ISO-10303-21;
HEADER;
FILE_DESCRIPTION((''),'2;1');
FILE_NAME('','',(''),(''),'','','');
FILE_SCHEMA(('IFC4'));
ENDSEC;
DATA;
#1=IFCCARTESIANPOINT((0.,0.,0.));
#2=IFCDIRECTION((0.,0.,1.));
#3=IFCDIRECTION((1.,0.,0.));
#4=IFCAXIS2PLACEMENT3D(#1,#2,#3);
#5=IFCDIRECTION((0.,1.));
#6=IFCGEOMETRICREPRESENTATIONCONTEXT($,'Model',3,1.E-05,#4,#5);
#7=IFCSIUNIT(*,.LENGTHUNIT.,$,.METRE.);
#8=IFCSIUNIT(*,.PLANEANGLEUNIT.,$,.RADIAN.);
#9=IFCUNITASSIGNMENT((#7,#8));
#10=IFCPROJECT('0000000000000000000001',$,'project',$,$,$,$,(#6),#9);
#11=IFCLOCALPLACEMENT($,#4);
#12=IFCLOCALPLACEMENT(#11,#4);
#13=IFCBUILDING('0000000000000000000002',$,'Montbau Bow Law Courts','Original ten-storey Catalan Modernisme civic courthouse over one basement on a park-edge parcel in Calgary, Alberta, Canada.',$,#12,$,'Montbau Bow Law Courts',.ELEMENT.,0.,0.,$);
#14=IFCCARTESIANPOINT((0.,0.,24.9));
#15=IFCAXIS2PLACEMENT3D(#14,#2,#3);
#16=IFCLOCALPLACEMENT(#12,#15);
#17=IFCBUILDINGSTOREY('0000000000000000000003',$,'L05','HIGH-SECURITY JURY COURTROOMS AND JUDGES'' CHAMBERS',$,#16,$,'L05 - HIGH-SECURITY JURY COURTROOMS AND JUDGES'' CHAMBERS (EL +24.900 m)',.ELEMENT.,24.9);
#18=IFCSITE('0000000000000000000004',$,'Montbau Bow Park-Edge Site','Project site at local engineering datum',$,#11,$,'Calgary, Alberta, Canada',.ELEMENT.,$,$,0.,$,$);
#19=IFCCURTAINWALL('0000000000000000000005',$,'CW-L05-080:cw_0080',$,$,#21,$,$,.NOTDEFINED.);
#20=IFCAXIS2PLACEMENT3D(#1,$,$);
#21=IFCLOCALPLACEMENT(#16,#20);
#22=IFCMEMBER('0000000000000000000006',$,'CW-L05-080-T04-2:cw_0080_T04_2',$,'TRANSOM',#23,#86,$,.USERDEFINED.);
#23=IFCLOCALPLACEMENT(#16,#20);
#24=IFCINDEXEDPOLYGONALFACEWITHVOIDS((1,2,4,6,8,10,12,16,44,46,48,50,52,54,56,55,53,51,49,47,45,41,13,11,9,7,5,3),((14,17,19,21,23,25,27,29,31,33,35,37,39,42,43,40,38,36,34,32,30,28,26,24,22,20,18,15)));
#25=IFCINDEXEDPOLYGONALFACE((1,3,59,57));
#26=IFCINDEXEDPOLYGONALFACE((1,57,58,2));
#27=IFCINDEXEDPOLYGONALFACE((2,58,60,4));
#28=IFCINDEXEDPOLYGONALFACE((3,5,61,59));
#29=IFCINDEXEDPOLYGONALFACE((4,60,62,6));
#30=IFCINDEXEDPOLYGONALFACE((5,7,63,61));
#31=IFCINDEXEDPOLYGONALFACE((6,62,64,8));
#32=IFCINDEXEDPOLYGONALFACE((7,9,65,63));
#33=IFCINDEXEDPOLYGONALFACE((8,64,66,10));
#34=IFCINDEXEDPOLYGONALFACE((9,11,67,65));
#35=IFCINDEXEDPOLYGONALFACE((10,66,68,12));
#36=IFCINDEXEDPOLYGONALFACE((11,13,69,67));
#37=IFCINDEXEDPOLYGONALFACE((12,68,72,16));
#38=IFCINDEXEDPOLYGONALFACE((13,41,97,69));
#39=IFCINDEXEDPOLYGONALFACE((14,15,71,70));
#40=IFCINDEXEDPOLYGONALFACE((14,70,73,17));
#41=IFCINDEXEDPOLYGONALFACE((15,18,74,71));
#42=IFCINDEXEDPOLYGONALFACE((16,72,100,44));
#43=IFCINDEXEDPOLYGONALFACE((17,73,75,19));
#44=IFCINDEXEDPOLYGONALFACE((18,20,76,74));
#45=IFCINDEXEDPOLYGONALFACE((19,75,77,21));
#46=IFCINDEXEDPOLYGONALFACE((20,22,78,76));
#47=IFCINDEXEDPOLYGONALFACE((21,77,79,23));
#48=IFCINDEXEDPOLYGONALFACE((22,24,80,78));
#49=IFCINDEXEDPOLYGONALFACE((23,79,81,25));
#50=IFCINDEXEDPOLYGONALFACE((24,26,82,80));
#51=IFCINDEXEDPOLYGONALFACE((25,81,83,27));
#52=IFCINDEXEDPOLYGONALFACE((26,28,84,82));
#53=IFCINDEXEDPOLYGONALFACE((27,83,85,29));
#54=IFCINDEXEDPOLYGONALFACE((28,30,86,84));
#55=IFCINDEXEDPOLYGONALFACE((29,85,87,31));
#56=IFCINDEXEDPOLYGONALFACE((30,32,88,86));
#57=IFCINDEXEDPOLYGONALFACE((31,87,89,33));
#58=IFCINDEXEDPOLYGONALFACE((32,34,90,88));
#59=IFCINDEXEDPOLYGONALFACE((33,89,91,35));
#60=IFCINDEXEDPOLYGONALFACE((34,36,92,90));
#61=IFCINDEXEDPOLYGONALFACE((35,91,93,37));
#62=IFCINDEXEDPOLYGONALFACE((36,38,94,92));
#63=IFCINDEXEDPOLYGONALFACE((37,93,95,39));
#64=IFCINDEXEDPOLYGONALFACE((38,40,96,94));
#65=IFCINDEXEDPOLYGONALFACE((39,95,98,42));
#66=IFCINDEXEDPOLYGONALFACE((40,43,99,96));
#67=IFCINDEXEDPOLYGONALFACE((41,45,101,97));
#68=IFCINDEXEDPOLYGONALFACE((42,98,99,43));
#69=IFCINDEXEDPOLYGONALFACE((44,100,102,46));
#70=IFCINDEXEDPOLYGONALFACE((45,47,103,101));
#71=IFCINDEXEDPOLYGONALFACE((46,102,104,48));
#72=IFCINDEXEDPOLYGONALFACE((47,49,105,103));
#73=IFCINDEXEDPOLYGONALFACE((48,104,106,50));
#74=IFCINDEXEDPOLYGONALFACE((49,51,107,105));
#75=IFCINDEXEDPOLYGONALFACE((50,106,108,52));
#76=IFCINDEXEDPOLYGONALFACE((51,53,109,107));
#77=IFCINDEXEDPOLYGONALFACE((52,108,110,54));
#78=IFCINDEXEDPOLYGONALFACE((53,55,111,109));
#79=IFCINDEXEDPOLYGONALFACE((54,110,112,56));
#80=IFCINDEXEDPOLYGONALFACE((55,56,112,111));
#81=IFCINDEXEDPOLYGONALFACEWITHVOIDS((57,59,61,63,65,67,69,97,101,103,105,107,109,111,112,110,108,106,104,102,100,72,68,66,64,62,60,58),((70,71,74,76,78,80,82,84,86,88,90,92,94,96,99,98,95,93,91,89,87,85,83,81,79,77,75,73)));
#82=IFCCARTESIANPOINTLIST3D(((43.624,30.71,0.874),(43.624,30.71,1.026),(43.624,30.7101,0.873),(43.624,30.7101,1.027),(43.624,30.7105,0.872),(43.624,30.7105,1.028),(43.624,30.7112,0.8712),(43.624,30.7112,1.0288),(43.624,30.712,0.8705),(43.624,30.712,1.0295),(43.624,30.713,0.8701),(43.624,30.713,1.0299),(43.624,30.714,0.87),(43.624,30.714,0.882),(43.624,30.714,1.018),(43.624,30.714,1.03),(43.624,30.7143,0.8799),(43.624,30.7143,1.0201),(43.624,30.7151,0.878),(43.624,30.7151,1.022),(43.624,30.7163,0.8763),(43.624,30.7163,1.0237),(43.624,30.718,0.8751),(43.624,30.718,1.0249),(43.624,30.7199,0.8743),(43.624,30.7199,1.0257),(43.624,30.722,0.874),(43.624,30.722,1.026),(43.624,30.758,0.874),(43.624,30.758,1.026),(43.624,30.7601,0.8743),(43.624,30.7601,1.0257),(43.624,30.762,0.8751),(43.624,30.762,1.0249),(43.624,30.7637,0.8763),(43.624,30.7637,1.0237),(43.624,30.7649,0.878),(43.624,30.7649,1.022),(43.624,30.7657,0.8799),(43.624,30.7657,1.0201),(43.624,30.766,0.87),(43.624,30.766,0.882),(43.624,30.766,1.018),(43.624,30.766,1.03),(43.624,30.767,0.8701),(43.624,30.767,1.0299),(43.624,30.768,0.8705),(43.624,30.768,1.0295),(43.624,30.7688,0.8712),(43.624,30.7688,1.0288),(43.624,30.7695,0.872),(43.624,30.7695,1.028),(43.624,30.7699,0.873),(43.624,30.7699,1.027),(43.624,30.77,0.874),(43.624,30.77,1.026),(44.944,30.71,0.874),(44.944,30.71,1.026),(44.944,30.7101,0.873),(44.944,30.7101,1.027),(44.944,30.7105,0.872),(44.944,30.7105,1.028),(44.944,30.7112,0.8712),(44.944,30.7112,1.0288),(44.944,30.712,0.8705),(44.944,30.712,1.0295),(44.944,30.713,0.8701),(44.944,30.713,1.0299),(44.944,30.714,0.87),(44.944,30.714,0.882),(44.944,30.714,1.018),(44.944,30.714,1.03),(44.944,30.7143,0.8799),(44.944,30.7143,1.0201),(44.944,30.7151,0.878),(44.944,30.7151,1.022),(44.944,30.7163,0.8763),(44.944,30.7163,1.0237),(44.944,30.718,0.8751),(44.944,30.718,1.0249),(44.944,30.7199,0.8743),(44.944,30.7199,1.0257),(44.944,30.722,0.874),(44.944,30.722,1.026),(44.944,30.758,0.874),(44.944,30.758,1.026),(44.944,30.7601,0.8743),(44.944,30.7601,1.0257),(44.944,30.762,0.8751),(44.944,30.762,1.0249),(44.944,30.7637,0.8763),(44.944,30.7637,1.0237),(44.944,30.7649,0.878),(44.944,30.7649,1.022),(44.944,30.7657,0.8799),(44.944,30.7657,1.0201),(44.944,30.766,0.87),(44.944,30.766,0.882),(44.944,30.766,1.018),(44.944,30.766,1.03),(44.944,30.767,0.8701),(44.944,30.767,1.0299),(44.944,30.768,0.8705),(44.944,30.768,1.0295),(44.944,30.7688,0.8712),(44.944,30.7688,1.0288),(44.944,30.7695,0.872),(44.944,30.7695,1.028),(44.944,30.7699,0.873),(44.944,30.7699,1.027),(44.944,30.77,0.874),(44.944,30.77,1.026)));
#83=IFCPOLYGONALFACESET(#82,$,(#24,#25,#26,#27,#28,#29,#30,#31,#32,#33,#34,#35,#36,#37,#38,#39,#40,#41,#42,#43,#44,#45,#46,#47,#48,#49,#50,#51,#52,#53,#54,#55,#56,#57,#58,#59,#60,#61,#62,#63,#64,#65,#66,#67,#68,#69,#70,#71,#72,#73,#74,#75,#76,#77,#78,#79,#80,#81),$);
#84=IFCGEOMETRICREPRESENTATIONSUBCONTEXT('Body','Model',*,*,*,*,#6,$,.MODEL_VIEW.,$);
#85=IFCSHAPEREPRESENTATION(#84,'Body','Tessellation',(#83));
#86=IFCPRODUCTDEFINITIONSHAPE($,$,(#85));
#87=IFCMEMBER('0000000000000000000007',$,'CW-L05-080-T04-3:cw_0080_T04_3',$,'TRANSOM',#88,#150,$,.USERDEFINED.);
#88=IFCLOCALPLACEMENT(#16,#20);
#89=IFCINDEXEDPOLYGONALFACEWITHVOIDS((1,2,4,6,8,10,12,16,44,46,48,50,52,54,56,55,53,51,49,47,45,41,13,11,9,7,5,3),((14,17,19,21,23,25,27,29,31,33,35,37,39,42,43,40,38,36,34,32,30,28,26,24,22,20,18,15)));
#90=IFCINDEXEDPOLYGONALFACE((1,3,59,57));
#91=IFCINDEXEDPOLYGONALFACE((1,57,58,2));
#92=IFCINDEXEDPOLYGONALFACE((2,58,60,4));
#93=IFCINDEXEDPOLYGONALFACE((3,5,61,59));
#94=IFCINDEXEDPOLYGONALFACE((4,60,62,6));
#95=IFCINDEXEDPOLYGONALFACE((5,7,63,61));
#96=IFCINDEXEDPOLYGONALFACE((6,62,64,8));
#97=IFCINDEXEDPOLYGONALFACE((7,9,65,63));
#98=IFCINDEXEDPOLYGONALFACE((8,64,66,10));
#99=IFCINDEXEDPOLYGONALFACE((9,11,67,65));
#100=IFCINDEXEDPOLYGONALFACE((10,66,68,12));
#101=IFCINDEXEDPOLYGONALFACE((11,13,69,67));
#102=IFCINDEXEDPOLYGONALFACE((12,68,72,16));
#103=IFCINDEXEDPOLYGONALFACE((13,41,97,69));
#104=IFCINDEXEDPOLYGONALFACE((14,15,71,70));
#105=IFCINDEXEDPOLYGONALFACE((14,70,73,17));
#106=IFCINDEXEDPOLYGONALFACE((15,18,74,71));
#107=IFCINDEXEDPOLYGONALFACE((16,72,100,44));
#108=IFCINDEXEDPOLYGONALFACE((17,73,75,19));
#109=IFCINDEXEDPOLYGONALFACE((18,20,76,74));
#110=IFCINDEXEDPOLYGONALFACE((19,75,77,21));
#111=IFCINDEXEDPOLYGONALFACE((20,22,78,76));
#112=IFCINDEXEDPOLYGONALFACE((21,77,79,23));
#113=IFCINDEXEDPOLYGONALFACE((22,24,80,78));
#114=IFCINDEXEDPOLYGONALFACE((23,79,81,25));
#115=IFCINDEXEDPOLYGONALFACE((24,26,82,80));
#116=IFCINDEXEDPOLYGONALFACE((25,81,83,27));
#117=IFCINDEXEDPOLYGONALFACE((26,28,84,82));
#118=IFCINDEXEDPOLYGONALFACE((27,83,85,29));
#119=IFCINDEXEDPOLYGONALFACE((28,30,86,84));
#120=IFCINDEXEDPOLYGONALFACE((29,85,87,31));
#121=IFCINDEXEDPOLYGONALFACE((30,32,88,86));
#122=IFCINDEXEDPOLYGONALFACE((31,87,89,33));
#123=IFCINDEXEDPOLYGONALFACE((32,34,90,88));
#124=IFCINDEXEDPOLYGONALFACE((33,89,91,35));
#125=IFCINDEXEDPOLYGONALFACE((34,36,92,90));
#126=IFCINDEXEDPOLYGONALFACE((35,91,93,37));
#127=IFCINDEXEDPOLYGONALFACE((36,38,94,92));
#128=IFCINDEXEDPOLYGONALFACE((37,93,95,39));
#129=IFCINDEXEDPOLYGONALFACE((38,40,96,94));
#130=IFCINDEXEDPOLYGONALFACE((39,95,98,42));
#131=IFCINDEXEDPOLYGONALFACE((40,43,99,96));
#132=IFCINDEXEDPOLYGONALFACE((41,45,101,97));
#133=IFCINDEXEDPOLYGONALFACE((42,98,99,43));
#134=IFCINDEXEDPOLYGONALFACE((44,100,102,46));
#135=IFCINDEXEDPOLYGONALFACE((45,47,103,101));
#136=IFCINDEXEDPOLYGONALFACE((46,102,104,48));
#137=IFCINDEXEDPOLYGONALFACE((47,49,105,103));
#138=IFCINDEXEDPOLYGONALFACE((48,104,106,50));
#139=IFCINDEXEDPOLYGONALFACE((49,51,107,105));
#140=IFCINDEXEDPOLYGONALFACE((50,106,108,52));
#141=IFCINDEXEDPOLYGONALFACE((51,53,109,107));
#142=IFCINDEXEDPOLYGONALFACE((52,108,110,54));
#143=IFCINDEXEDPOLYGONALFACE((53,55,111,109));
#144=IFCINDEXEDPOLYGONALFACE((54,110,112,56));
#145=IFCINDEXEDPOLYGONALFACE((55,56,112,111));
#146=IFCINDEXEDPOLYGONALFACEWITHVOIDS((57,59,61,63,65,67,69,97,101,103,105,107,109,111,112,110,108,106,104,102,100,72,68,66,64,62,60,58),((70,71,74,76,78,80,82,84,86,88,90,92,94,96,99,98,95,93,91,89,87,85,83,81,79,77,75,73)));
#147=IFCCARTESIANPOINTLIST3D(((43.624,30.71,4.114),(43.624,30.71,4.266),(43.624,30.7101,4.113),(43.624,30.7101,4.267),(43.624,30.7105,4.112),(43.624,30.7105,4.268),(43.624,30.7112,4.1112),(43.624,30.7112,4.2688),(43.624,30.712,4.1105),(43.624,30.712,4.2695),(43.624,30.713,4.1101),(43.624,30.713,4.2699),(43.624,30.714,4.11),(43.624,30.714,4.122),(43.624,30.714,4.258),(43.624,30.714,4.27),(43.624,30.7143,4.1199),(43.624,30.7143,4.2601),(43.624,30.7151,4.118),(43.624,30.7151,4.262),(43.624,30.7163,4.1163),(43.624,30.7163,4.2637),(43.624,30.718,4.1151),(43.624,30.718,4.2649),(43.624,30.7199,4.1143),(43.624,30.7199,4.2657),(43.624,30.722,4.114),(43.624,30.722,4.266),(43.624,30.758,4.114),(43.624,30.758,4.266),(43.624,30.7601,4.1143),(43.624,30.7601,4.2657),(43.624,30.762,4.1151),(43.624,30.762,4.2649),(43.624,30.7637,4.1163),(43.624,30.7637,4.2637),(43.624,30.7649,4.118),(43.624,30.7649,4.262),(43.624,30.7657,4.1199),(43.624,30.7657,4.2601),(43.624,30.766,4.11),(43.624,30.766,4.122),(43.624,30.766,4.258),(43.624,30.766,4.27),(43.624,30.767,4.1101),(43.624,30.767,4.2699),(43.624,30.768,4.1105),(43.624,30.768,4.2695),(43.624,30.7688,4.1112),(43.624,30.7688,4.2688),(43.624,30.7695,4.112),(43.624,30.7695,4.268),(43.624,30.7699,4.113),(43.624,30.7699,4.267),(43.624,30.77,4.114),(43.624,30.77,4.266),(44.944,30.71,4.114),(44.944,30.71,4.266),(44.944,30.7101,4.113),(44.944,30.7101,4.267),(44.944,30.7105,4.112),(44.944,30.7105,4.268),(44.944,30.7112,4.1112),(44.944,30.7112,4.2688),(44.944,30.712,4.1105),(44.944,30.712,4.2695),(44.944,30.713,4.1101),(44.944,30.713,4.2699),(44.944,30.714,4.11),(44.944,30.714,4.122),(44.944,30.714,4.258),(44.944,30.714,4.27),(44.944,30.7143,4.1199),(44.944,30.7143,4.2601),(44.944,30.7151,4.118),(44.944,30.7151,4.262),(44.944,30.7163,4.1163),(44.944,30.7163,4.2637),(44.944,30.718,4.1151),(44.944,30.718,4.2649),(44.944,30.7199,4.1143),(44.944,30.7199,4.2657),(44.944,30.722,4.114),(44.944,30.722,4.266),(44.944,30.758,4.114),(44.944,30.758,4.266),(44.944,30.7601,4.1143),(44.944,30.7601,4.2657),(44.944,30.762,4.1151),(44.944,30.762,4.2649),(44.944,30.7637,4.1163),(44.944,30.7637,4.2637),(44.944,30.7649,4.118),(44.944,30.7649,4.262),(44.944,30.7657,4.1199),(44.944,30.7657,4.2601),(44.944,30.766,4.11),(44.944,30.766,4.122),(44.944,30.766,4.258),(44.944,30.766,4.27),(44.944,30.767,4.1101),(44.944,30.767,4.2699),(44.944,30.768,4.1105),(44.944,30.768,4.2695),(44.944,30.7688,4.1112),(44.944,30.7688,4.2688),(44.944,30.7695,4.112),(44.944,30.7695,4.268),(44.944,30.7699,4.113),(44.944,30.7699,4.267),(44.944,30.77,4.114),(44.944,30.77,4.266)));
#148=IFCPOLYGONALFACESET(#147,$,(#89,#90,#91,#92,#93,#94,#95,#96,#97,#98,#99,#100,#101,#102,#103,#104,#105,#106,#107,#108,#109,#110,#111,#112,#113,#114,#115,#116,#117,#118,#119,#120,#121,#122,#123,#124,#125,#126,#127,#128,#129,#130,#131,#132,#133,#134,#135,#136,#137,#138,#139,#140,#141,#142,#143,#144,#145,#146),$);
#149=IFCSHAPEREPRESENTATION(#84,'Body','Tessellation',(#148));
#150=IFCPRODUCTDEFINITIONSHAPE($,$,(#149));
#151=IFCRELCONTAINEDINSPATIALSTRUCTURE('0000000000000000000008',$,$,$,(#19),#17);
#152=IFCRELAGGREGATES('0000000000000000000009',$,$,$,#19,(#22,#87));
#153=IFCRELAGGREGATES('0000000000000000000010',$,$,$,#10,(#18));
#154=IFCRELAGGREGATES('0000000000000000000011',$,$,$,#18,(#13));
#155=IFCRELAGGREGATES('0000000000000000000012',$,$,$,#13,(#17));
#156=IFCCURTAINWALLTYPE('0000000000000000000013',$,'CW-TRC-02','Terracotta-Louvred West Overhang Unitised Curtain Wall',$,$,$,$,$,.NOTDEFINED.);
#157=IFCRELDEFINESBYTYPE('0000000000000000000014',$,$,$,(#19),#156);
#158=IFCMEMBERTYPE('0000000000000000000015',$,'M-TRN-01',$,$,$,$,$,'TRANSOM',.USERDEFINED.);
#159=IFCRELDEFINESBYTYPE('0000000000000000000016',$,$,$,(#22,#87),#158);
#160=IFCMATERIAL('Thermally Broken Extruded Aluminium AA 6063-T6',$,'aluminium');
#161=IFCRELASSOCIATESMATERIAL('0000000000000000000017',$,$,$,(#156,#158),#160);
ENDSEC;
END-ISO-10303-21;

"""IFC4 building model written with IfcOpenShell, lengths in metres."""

from ifc_helpers import new_model, si_unit, direction, frame, origin_with_axes, origin_2d_with_axis, place, context, subcontext, project, spatial, hollow_rectangle, extrude, material, material_profile, profile_set, type_object, element, aggregate, save


model = new_model("IFC4")

# Units and contexts
model_context = context("Model", 3, precision=1e-05, world=origin_with_axes(), true_north=direction((0.0, 1.0)))
body_context = subcontext(model_context, "Body", "Model", "MODEL_VIEW")
ifc_project = project(units=[si_unit("LENGTHUNIT", "METRE"), si_unit("PLANEANGLEUNIT", "RADIAN")], contexts=[model_context])

# Site, building, storey
site_placement = place(None, origin_with_axes())
site = spatial("IfcSite", under=ifc_project, at=site_placement, Name="Montbau Bow Park-Edge Site", Description="Project site at local engineering datum", LongName="Calgary, Alberta, Canada", CompositionType="ELEMENT", RefElevation=0.0)
building_placement = place(site_placement, origin_with_axes())
building = spatial("IfcBuilding", under=site, at=building_placement, Name="Montbau Bow Law Courts", Description="Original ten-storey Catalan Modernisme civic courthouse over one basement on a park-edge parcel in Calgary, Alberta, Canada.", LongName="Montbau Bow Law Courts", CompositionType="ELEMENT", ElevationOfRefHeight=0.0, ElevationOfTerrain=0.0)
storey_placement = place(building_placement, frame((0.0, 0.0, 24.9), z_axis=(0.0, 0.0, 1.0), x_axis=(1.0, 0.0, 0.0)))
storey = spatial("IfcBuildingStorey", under=building, at=storey_placement, Name="L05", Description="HIGH-SECURITY JURY COURTROOMS AND JUDGES' CHAMBERS", LongName="L05 - HIGH-SECURITY JURY COURTROOMS AND JUDGES' CHAMBERS (EL +24.900 m)", CompositionType="ELEMENT", Elevation=24.9)

# Curtain wall, members
ifc_material_1 = material(Name="Thermally Broken Extruded Aluminium AA 6063-T6", Category="aluminium")
curtain_wall_type = type_object("IfcCurtainWallType", Name="CW-TRC-02", Description="Terracotta-Louvred West Overhang Unitised Curtain Wall", PredefinedType="NOTDEFINED", material=ifc_material_1)
curtain_wall_1_placement = place(None, frame((39.44, 30.74, 24.9), z_axis=(0.0, 0.0, 1.0), x_axis=(1.0, 0.0, 0.0)))
curtain_wall_1 = element("IfcCurtainWall", 1, at=curtain_wall_1_placement, inside=storey, type_object=curtain_wall_type, Name="CW-L05-080:cw_0080", PredefinedType="NOTDEFINED")
ifc_material_profile_1 = material_profile(ifc_material_1, hollow_rectangle(XDim=0.06, YDim=0.16, WallThickness=0.004, InnerFilletRadius=0.008, OuterFilletRadius=0.004, at=origin_2d_with_axis()), Name="CWT-160X60", Category="Main", Priority=0)
ifc_profile_set_1 = profile_set([ifc_material_profile_1], Name="Thermally Broken Extruded Aluminium AA 6063-T6")
member_type_1 = type_object("IfcMemberType", Name="M-TRN-01", ElementType="TRANSOM", PredefinedType="USERDEFINED", material=ifc_profile_set_1)
member_1_placement = place(None, frame((43.624, 30.74, 25.85), z_axis=(1.0, 0.0, 0.0), x_axis=(0.0, 1.0, 0.0)))
member_1 = element("IfcMember", 2, at=member_1_placement, type_object=member_type_1, Name="CW-L05-080-T04-2:cw_0080_T04_2", ObjectType="TRANSOM", PredefinedType="USERDEFINED", context=body_context, shape_type="SweptSolid", body=[
    extrude(hollow_rectangle(XDim=0.06, YDim=0.16, WallThickness=0.004, InnerFilletRadius=0.008, OuterFilletRadius=0.004, at=origin_2d_with_axis()), origin_with_axes(), (0.0, 0.0, 1.0), 1.32),
])
member_2_placement = place(None, frame((43.624, 30.74, 29.09), z_axis=(1.0, 0.0, 0.0), x_axis=(0.0, 1.0, 0.0)))
member_2 = element("IfcMember", 3, at=member_2_placement, type_object=member_type_1, Name="CW-L05-080-T04-3:cw_0080_T04_3", ObjectType="TRANSOM", PredefinedType="USERDEFINED", context=body_context, shape_type="SweptSolid", body=[
    extrude(hollow_rectangle(XDim=0.06, YDim=0.16, WallThickness=0.004, InnerFilletRadius=0.008, OuterFilletRadius=0.004, at=origin_2d_with_axis()), origin_with_axes(), (0.0, 0.0, 1.0), 1.32),
])

aggregate(curtain_wall_1, [member_1, member_2])

save(model, "model.ifc")
